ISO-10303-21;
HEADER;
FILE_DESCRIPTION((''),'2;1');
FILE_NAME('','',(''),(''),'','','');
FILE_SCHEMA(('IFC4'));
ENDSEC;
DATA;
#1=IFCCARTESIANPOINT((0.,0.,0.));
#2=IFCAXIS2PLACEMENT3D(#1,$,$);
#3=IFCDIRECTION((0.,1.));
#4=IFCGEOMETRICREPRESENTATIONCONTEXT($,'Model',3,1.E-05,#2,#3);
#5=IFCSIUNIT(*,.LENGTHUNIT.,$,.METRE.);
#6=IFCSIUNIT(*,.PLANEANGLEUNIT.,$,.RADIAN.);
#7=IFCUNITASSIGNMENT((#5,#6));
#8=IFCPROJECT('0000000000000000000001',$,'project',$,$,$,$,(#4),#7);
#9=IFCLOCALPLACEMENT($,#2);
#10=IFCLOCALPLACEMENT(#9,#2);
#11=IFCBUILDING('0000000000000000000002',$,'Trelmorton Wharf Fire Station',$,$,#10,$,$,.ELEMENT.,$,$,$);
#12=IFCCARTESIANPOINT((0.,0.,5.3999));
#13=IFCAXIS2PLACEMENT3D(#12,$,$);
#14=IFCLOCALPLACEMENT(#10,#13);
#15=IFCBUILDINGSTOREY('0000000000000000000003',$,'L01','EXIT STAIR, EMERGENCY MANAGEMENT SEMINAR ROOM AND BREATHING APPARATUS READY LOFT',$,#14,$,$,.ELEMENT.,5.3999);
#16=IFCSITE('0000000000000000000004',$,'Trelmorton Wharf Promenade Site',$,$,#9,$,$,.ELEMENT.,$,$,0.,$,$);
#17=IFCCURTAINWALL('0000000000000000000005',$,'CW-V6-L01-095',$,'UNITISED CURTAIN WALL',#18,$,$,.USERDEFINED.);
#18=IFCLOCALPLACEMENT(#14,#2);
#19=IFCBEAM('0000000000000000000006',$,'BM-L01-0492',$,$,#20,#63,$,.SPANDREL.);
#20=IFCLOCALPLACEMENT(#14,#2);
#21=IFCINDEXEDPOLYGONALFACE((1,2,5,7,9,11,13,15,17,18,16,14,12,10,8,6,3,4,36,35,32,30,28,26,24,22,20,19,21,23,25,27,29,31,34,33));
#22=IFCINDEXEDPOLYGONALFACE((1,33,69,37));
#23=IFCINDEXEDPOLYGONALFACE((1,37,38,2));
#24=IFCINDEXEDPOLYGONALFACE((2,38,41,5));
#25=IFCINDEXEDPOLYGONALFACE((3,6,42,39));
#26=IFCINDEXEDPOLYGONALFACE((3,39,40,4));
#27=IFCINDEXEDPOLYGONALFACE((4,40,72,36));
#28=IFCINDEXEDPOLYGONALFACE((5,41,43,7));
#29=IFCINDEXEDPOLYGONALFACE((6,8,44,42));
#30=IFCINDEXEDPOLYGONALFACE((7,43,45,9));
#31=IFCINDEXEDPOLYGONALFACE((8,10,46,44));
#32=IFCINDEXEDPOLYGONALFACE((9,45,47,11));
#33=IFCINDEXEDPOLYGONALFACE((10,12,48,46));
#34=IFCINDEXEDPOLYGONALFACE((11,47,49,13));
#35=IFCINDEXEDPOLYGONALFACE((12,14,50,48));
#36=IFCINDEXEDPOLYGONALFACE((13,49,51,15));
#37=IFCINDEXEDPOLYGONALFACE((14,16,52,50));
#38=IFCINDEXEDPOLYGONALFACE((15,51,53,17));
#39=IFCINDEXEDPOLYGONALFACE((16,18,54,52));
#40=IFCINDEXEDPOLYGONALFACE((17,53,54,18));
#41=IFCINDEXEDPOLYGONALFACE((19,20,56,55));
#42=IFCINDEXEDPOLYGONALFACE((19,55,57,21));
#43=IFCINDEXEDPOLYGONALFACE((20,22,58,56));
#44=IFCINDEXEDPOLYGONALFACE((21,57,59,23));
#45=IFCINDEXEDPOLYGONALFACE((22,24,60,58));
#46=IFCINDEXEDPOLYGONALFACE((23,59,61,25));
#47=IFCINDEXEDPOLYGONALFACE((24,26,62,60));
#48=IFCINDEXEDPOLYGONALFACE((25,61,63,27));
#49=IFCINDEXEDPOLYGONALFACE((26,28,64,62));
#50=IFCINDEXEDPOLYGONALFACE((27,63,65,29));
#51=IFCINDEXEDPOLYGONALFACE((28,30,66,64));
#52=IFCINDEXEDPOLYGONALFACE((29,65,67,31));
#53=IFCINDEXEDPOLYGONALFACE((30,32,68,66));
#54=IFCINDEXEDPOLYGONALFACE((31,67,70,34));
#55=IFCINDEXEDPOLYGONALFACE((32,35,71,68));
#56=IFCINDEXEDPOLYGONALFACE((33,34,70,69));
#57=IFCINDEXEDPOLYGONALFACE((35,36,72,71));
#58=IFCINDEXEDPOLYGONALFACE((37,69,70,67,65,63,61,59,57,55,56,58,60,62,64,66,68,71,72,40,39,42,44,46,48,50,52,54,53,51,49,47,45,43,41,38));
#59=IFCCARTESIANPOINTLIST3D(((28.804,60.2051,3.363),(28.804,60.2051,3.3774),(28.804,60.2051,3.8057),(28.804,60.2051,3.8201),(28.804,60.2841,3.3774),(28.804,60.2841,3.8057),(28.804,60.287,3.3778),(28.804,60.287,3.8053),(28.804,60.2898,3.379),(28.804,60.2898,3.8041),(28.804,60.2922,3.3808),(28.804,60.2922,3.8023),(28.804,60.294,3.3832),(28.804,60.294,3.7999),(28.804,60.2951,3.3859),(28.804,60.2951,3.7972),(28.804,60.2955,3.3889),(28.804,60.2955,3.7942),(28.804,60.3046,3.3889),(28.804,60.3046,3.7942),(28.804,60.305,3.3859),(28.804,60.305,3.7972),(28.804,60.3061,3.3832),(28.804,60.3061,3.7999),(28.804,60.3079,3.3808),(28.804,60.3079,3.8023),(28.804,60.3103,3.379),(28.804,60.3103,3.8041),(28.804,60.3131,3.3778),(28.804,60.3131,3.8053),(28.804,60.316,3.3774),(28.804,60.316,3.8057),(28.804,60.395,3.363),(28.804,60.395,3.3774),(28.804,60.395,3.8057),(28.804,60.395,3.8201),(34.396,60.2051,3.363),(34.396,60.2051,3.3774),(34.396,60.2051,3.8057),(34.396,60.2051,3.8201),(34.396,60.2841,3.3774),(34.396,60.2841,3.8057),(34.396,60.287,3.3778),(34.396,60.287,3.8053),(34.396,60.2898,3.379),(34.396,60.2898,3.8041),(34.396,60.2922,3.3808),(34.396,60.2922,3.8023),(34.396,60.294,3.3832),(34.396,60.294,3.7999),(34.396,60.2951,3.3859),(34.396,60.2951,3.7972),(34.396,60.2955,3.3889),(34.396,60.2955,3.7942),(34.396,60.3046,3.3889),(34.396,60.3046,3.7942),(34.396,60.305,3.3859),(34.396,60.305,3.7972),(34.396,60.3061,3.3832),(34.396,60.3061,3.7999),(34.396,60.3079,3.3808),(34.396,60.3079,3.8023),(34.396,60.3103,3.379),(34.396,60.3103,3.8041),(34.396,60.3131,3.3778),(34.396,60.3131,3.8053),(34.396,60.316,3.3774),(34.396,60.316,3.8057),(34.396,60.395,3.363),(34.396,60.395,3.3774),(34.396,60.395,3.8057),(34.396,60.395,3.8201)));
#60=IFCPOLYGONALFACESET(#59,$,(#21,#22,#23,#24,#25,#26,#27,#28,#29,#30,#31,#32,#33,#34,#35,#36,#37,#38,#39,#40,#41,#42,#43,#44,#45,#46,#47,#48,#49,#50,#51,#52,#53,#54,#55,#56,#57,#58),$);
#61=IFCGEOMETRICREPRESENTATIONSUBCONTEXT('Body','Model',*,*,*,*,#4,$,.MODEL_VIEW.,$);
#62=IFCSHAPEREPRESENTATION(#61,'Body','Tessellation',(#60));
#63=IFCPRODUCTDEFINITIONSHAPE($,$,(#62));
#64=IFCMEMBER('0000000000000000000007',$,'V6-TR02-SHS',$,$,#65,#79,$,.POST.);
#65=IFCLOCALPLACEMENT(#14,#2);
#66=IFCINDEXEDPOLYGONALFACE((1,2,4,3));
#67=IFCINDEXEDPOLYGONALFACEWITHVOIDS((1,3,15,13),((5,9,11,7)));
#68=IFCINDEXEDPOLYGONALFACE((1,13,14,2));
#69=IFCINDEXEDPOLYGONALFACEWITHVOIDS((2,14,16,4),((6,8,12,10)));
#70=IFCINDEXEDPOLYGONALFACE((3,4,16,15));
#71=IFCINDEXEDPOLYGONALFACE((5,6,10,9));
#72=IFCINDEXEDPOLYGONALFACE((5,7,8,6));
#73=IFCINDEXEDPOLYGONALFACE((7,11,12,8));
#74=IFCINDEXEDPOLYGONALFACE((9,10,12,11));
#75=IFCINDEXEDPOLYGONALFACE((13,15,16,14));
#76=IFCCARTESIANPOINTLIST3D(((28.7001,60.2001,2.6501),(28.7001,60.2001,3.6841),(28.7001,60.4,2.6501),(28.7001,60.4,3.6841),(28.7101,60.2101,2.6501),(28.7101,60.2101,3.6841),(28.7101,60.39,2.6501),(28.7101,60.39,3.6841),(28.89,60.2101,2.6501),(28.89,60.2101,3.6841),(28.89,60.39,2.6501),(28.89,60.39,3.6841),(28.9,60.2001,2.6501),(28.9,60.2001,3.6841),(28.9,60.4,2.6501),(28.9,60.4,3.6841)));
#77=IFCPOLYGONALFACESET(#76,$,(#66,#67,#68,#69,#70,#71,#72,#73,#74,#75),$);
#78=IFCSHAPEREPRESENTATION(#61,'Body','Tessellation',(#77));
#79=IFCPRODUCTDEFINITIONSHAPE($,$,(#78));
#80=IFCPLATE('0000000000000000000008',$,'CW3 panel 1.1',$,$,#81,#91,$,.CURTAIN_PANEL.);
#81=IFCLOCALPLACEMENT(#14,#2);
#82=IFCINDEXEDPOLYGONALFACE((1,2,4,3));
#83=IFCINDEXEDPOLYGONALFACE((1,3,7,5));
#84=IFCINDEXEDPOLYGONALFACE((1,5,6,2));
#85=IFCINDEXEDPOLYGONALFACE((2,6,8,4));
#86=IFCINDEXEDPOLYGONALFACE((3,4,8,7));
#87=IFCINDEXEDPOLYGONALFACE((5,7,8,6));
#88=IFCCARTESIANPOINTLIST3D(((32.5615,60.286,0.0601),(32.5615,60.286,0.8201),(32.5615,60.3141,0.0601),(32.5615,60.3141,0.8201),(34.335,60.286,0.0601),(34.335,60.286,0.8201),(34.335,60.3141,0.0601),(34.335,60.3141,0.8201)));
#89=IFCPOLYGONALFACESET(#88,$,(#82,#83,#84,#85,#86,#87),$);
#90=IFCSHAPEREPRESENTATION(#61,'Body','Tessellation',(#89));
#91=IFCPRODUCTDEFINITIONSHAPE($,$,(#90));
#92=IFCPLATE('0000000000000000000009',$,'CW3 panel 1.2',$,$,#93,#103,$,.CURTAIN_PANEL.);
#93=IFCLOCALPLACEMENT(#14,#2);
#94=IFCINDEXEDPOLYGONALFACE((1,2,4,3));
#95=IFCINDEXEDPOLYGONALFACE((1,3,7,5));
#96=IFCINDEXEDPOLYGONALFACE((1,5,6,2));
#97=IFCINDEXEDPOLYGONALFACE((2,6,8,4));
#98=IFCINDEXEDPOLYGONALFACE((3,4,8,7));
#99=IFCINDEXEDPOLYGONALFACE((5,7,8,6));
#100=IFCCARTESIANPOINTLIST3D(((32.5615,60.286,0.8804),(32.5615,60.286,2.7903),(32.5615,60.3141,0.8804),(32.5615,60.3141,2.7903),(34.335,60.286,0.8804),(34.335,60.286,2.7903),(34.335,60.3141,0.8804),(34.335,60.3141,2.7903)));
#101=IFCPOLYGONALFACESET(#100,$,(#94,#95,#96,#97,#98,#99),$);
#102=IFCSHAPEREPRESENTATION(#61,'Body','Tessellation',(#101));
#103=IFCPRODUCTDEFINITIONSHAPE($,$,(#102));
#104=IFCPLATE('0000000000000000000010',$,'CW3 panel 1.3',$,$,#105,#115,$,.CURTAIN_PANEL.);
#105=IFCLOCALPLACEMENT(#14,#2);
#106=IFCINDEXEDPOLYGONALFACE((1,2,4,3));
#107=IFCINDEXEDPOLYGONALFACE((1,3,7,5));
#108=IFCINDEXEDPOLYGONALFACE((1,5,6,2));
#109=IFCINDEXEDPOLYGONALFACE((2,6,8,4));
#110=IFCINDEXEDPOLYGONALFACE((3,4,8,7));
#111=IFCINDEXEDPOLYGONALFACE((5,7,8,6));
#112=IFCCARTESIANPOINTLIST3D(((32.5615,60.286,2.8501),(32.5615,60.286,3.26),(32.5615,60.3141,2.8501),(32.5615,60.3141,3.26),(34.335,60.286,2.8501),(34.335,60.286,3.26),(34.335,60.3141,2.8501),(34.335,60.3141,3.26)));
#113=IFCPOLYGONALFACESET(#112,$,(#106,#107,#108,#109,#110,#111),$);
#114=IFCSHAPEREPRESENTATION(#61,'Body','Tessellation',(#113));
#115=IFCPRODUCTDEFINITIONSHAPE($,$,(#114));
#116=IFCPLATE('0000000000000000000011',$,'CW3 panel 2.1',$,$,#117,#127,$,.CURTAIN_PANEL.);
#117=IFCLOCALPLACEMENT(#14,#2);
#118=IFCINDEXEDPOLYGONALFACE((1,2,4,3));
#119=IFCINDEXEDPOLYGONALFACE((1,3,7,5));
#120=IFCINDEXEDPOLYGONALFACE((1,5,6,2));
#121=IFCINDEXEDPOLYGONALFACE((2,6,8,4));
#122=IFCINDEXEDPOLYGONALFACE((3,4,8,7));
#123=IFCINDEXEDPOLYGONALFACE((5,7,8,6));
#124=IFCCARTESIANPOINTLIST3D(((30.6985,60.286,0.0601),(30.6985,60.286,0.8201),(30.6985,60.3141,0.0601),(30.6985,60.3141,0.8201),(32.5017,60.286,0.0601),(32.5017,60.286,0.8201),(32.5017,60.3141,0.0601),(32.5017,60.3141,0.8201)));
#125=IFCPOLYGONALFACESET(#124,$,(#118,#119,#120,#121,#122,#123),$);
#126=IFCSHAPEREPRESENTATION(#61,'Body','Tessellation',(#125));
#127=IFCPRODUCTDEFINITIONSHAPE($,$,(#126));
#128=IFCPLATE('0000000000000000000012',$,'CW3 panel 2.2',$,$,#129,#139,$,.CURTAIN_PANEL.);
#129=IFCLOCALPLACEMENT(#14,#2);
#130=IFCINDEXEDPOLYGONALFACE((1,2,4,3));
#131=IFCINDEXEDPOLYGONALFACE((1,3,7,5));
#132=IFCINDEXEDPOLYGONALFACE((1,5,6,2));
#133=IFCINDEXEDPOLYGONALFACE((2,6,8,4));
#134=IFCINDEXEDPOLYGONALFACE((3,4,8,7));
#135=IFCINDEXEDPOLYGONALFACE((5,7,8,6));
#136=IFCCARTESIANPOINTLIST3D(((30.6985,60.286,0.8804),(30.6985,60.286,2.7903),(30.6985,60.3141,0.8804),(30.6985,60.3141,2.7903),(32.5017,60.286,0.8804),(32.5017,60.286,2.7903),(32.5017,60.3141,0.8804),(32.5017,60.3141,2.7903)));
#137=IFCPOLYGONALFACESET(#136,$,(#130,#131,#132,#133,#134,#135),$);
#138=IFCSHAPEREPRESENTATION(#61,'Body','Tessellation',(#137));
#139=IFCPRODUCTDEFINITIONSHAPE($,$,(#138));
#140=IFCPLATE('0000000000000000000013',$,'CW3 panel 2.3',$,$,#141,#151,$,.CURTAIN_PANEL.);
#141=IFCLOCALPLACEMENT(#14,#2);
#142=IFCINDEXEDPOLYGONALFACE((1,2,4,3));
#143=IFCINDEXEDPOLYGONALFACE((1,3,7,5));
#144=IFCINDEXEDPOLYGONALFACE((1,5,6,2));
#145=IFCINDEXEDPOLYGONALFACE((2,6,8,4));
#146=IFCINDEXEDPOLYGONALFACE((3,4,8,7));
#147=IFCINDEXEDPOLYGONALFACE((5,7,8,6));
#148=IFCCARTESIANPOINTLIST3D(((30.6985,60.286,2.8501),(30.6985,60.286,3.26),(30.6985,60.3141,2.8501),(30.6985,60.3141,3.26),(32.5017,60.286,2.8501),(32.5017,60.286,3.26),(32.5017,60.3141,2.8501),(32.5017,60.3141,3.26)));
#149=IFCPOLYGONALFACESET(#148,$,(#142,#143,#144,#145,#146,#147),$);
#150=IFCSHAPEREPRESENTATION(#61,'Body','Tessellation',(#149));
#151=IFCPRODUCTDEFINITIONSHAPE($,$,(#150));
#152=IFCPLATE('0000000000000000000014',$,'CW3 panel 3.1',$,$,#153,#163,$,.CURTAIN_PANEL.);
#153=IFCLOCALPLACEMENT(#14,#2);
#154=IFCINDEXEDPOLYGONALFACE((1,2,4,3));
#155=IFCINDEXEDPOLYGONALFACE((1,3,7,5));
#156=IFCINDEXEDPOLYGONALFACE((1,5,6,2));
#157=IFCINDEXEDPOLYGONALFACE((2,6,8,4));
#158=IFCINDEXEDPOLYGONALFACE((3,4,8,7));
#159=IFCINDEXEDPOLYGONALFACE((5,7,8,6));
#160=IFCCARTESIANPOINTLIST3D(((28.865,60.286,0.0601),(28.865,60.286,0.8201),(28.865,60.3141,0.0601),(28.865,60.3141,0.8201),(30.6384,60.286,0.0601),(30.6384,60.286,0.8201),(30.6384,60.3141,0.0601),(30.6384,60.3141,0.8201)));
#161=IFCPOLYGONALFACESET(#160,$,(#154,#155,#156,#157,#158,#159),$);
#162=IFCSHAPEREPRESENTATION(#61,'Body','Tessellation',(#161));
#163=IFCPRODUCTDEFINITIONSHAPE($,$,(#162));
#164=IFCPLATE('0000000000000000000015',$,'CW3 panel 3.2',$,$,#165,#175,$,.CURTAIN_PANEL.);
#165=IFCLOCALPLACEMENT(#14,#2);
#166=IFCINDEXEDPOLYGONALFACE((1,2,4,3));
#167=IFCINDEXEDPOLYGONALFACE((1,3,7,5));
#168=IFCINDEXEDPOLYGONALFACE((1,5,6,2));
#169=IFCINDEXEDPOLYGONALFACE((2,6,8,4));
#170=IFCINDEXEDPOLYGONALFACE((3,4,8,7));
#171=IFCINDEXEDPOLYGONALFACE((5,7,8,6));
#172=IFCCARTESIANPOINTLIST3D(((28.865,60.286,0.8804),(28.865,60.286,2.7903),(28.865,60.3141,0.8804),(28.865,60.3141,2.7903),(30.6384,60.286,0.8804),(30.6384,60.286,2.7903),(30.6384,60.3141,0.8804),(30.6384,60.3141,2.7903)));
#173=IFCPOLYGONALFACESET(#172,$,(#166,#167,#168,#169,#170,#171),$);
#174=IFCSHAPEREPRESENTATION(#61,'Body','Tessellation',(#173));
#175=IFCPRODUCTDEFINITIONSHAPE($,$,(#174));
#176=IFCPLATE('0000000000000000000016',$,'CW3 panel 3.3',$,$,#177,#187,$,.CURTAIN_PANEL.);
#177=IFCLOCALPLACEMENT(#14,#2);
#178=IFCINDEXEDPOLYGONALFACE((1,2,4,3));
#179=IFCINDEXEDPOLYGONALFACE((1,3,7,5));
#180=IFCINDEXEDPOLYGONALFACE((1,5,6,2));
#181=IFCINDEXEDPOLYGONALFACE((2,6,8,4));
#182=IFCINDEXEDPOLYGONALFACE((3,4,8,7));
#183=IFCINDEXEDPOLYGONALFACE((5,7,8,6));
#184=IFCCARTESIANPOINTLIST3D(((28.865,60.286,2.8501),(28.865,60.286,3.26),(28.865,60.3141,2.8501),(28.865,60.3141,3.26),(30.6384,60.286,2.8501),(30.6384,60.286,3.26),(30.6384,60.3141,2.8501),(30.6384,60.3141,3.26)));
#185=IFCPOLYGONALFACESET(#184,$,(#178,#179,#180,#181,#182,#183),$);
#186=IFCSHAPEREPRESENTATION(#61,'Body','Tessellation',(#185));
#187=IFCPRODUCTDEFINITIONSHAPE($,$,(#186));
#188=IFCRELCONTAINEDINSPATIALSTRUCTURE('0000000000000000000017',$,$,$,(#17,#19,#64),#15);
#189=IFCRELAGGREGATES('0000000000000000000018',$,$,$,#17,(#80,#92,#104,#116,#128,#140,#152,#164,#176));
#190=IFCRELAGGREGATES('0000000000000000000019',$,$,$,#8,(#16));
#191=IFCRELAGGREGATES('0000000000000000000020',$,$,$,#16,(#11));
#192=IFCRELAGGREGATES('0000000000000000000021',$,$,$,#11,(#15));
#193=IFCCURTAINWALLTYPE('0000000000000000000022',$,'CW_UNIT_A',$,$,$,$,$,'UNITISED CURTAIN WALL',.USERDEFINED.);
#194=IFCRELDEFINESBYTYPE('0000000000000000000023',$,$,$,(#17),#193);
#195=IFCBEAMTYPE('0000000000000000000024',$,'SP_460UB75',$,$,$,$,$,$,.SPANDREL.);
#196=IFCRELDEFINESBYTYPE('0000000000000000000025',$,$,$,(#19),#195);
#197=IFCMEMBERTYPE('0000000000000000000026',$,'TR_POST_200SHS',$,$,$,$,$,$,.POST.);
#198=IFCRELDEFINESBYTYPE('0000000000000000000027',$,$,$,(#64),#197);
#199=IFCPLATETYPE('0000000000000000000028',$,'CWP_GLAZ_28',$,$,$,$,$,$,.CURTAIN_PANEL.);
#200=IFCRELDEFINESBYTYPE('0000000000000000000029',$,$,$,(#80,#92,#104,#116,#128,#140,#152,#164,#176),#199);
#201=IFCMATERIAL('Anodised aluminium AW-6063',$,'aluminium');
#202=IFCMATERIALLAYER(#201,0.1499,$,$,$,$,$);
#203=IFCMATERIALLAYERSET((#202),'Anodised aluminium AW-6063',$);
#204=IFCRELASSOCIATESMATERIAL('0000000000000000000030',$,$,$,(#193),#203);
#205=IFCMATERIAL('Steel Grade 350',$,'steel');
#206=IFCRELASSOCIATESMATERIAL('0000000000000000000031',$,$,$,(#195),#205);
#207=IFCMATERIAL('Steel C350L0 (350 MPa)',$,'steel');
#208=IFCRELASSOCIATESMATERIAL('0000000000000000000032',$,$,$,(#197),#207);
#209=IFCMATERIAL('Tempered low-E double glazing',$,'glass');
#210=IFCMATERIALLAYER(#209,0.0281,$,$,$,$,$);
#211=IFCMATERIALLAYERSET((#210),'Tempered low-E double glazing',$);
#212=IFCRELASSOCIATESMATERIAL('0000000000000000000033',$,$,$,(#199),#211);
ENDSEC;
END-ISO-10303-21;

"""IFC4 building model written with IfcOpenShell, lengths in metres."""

from ifc_helpers import new_model, si_unit, direction, frame, origin, origin_2d, place, context, subcontext, project, spatial, rectangle, hollow_rectangle, i_section, extrude, material, layer, layer_set, material_profile, profile_set, type_object, element, aggregate, save


model = new_model("IFC4")

# Units and contexts
model_context = context("Model", 3, precision=1e-05, world=origin(), true_north=direction((0.0, 1.0)))
body_context = subcontext(model_context, "Body", "Model", "MODEL_VIEW")
ifc_project = project(units=[si_unit("LENGTHUNIT", "METRE"), si_unit("PLANEANGLEUNIT", "RADIAN")], contexts=[model_context])

# Site, building, storey
site_placement = place(None, origin())
site = spatial("IfcSite", under=ifc_project, at=site_placement, Name="Trelmorton Wharf Promenade Site", CompositionType="ELEMENT", RefElevation=0.0)
building_placement = place(site_placement, origin())
building = spatial("IfcBuilding", under=site, at=building_placement, Name="Trelmorton Wharf Fire Station", CompositionType="ELEMENT")
storey_placement = place(building_placement, frame((0.0, 0.0, 5.3999)))
storey = spatial("IfcBuildingStorey", under=building, at=storey_placement, Name="L01", Description="EXIT STAIR, EMERGENCY MANAGEMENT SEMINAR ROOM AND BREATHING APPARATUS READY LOFT", CompositionType="ELEMENT", Elevation=5.3999)

# Curtain wall
ifc_material_1 = material(Name="Anodised aluminium AW-6063", Category="aluminium")
ifc_layer_1 = layer(ifc_material_1, 0.1499)
ifc_layer_set_1 = layer_set([ifc_layer_1], Name="Anodised aluminium AW-6063")
curtain_wall_type = type_object("IfcCurtainWallType", Name="CW_UNIT_A", ElementType="UNITISED CURTAIN WALL", PredefinedType="USERDEFINED", material=ifc_layer_set_1)
curtain_wall_placement = place(storey_placement, origin())
curtain_wall = element("IfcCurtainWall", 1, at=curtain_wall_placement, inside=storey, type_object=curtain_wall_type, Name="CW-V6-L01-095", ObjectType="UNITISED CURTAIN WALL", PredefinedType="USERDEFINED")

# Beam
ifc_material_2 = material(Name="Steel Grade 350", Category="steel")
ifc_material_profile_1 = material_profile(ifc_material_2, i_section(OverallWidth=0.1899, OverallDepth=0.457, WebThickness=0.009, FlangeThickness=0.0144, FilletRadius=0.0115, at=origin_2d()), Name="460UB74.6")
ifc_profile_set_1 = profile_set([ifc_material_profile_1], Name="Steel Grade 350")
beam_type = type_object("IfcBeamType", Name="SP_460UB75", PredefinedType="SPANDREL", material=ifc_profile_set_1)
beam_placement = place(storey_placement, frame((28.804, 60.3, 3.5916), z_axis=(1.0, 0.0, 0.0), x_axis=(0.0, 1.0, 0.0)))
element("IfcBeam", 2, at=beam_placement, inside=storey, type_object=beam_type, Name="BM-L01-0492", PredefinedType="SPANDREL", context=body_context, shape_type="SweptSolid", body=[
    extrude(i_section(OverallWidth=0.1899, OverallDepth=0.457, WebThickness=0.009, FlangeThickness=0.0144, FilletRadius=0.0115, at=origin_2d()), origin(), (0.0, 0.0, 1.0), 5.592),
])

# Member
ifc_material_3 = material(Name="Steel C350L0 (350 MPa)", Category="steel")
ifc_material_profile_2 = material_profile(ifc_material_3, hollow_rectangle(XDim=0.2, YDim=0.2, WallThickness=0.01, at=origin_2d()), Name="200x200x10.0SHS")
ifc_profile_set_2 = profile_set([ifc_material_profile_2], Name="Steel C350L0 (350 MPa)")
member_type_1 = type_object("IfcMemberType", Name="TR_POST_200SHS", PredefinedType="POST", material=ifc_profile_set_2)
member_1_placement = place(storey_placement, frame((28.8, 60.3, 2.6501), z_axis=(0.0, 0.0, 1.0), x_axis=(1.0, 0.0, 0.0)))
element("IfcMember", 3, at=member_1_placement, inside=storey, type_object=member_type_1, Name="V6-TR02-SHS", PredefinedType="POST", context=body_context, shape_type="SweptSolid", body=[
    extrude(hollow_rectangle(XDim=0.2, YDim=0.2, WallThickness=0.01, at=origin_2d()), origin(), (0.0, 0.0, 1.0), 1.0339),
])

# Plates
ifc_material_4 = material(Name="Tempered low-E double glazing", Category="glass")
ifc_layer_2 = layer(ifc_material_4, 0.0281)
ifc_layer_set_2 = layer_set([ifc_layer_2], Name="Tempered low-E double glazing")
plate_type_1 = type_object("IfcPlateType", Name="CWP_GLAZ_28", PredefinedType="CURTAIN_PANEL", material=ifc_layer_set_2)
plate_1_placement = place(storey_placement, frame((33.4482, 60.3, 0.0601), z_axis=(0.0, 0.0, 1.0), x_axis=(-1.0, 0.0, 0.0)))
plate_1 = element("IfcPlate", 4, at=plate_1_placement, type_object=plate_type_1, Name="CW3 panel 1.1", PredefinedType="CURTAIN_PANEL", context=body_context, shape_type="SweptSolid", body=[
    extrude(rectangle(XDim=1.7734, YDim=0.0281, at=origin_2d()), origin(), (0.0, 0.0, 1.0), 0.76),
])
plate_2_placement = place(storey_placement, frame((33.4482, 60.3, 0.8804), z_axis=(0.0, 0.0, 1.0), x_axis=(-1.0, 0.0, 0.0)))
plate_2 = element("IfcPlate", 5, at=plate_2_placement, type_object=plate_type_1, Name="CW3 panel 1.2", PredefinedType="CURTAIN_PANEL", context=body_context, shape_type="SweptSolid", body=[
    extrude(rectangle(XDim=1.7734, YDim=0.0281, at=origin_2d()), origin(), (0.0, 0.0, 1.0), 1.9099),
])
plate_3_placement = place(storey_placement, frame((33.4482, 60.3, 2.8501), z_axis=(0.0, 0.0, 1.0), x_axis=(-1.0, 0.0, 0.0)))
plate_3 = element("IfcPlate", 6, at=plate_3_placement, type_object=plate_type_1, Name="CW3 panel 1.3", PredefinedType="CURTAIN_PANEL", context=body_context, shape_type="SweptSolid", body=[
    extrude(rectangle(XDim=1.7734, YDim=0.0281, at=origin_2d()), origin(), (0.0, 0.0, 1.0), 0.4099),
])
plate_4_placement = place(storey_placement, frame((31.6001, 60.3, 0.0601), z_axis=(0.0, 0.0, 1.0), x_axis=(-1.0, 0.0, 0.0)))
plate_4 = element("IfcPlate", 7, at=plate_4_placement, type_object=plate_type_1, Name="CW3 panel 2.1", PredefinedType="CURTAIN_PANEL", context=body_context, shape_type="SweptSolid", body=[
    extrude(rectangle(XDim=1.8032, YDim=0.0281, at=origin_2d()), origin(), (0.0, 0.0, 1.0), 0.76),
])
plate_5_placement = place(storey_placement, frame((31.6001, 60.3, 0.8804), z_axis=(0.0, 0.0, 1.0), x_axis=(-1.0, 0.0, 0.0)))
plate_5 = element("IfcPlate", 8, at=plate_5_placement, type_object=plate_type_1, Name="CW3 panel 2.2", PredefinedType="CURTAIN_PANEL", context=body_context, shape_type="SweptSolid", body=[
    extrude(rectangle(XDim=1.8032, YDim=0.0281, at=origin_2d()), origin(), (0.0, 0.0, 1.0), 1.9099),
])
plate_6_placement = place(storey_placement, frame((31.6001, 60.3, 2.8501), z_axis=(0.0, 0.0, 1.0), x_axis=(-1.0, 0.0, 0.0)))
plate_6 = element("IfcPlate", 9, at=plate_6_placement, type_object=plate_type_1, Name="CW3 panel 2.3", PredefinedType="CURTAIN_PANEL", context=body_context, shape_type="SweptSolid", body=[
    extrude(rectangle(XDim=1.8032, YDim=0.0281, at=origin_2d()), origin(), (0.0, 0.0, 1.0), 0.4099),
])
plate_7_placement = place(storey_placement, frame((29.7517, 60.3, 0.0601), z_axis=(0.0, 0.0, 1.0), x_axis=(-1.0, 0.0, 0.0)))
plate_7 = element("IfcPlate", 10, at=plate_7_placement, type_object=plate_type_1, Name="CW3 panel 3.1", PredefinedType="CURTAIN_PANEL", context=body_context, shape_type="SweptSolid", body=[
    extrude(rectangle(XDim=1.7734, YDim=0.0281, at=origin_2d()), origin(), (0.0, 0.0, 1.0), 0.76),
])
plate_8_placement = place(storey_placement, frame((29.7517, 60.3, 0.8804), z_axis=(0.0, 0.0, 1.0), x_axis=(-1.0, 0.0, 0.0)))
plate_8 = element("IfcPlate", 11, at=plate_8_placement, type_object=plate_type_1, Name="CW3 panel 3.2", PredefinedType="CURTAIN_PANEL", context=body_context, shape_type="SweptSolid", body=[
    extrude(rectangle(XDim=1.7734, YDim=0.0281, at=origin_2d()), origin(), (0.0, 0.0, 1.0), 1.9099),
])
plate_9_placement = place(storey_placement, frame((29.7517, 60.3, 2.8501), z_axis=(0.0, 0.0, 1.0), x_axis=(-1.0, 0.0, 0.0)))
plate_9 = element("IfcPlate", 12, at=plate_9_placement, type_object=plate_type_1, Name="CW3 panel 3.3", PredefinedType="CURTAIN_PANEL", context=body_context, shape_type="SweptSolid", body=[
    extrude(rectangle(XDim=1.7734, YDim=0.0281, at=origin_2d()), origin(), (0.0, 0.0, 1.0), 0.4099),
])
aggregate(curtain_wall, [plate_1, plate_2, plate_3, plate_4, plate_5, plate_6, plate_7, plate_8, plate_9])

save(model, "model.ifc")
